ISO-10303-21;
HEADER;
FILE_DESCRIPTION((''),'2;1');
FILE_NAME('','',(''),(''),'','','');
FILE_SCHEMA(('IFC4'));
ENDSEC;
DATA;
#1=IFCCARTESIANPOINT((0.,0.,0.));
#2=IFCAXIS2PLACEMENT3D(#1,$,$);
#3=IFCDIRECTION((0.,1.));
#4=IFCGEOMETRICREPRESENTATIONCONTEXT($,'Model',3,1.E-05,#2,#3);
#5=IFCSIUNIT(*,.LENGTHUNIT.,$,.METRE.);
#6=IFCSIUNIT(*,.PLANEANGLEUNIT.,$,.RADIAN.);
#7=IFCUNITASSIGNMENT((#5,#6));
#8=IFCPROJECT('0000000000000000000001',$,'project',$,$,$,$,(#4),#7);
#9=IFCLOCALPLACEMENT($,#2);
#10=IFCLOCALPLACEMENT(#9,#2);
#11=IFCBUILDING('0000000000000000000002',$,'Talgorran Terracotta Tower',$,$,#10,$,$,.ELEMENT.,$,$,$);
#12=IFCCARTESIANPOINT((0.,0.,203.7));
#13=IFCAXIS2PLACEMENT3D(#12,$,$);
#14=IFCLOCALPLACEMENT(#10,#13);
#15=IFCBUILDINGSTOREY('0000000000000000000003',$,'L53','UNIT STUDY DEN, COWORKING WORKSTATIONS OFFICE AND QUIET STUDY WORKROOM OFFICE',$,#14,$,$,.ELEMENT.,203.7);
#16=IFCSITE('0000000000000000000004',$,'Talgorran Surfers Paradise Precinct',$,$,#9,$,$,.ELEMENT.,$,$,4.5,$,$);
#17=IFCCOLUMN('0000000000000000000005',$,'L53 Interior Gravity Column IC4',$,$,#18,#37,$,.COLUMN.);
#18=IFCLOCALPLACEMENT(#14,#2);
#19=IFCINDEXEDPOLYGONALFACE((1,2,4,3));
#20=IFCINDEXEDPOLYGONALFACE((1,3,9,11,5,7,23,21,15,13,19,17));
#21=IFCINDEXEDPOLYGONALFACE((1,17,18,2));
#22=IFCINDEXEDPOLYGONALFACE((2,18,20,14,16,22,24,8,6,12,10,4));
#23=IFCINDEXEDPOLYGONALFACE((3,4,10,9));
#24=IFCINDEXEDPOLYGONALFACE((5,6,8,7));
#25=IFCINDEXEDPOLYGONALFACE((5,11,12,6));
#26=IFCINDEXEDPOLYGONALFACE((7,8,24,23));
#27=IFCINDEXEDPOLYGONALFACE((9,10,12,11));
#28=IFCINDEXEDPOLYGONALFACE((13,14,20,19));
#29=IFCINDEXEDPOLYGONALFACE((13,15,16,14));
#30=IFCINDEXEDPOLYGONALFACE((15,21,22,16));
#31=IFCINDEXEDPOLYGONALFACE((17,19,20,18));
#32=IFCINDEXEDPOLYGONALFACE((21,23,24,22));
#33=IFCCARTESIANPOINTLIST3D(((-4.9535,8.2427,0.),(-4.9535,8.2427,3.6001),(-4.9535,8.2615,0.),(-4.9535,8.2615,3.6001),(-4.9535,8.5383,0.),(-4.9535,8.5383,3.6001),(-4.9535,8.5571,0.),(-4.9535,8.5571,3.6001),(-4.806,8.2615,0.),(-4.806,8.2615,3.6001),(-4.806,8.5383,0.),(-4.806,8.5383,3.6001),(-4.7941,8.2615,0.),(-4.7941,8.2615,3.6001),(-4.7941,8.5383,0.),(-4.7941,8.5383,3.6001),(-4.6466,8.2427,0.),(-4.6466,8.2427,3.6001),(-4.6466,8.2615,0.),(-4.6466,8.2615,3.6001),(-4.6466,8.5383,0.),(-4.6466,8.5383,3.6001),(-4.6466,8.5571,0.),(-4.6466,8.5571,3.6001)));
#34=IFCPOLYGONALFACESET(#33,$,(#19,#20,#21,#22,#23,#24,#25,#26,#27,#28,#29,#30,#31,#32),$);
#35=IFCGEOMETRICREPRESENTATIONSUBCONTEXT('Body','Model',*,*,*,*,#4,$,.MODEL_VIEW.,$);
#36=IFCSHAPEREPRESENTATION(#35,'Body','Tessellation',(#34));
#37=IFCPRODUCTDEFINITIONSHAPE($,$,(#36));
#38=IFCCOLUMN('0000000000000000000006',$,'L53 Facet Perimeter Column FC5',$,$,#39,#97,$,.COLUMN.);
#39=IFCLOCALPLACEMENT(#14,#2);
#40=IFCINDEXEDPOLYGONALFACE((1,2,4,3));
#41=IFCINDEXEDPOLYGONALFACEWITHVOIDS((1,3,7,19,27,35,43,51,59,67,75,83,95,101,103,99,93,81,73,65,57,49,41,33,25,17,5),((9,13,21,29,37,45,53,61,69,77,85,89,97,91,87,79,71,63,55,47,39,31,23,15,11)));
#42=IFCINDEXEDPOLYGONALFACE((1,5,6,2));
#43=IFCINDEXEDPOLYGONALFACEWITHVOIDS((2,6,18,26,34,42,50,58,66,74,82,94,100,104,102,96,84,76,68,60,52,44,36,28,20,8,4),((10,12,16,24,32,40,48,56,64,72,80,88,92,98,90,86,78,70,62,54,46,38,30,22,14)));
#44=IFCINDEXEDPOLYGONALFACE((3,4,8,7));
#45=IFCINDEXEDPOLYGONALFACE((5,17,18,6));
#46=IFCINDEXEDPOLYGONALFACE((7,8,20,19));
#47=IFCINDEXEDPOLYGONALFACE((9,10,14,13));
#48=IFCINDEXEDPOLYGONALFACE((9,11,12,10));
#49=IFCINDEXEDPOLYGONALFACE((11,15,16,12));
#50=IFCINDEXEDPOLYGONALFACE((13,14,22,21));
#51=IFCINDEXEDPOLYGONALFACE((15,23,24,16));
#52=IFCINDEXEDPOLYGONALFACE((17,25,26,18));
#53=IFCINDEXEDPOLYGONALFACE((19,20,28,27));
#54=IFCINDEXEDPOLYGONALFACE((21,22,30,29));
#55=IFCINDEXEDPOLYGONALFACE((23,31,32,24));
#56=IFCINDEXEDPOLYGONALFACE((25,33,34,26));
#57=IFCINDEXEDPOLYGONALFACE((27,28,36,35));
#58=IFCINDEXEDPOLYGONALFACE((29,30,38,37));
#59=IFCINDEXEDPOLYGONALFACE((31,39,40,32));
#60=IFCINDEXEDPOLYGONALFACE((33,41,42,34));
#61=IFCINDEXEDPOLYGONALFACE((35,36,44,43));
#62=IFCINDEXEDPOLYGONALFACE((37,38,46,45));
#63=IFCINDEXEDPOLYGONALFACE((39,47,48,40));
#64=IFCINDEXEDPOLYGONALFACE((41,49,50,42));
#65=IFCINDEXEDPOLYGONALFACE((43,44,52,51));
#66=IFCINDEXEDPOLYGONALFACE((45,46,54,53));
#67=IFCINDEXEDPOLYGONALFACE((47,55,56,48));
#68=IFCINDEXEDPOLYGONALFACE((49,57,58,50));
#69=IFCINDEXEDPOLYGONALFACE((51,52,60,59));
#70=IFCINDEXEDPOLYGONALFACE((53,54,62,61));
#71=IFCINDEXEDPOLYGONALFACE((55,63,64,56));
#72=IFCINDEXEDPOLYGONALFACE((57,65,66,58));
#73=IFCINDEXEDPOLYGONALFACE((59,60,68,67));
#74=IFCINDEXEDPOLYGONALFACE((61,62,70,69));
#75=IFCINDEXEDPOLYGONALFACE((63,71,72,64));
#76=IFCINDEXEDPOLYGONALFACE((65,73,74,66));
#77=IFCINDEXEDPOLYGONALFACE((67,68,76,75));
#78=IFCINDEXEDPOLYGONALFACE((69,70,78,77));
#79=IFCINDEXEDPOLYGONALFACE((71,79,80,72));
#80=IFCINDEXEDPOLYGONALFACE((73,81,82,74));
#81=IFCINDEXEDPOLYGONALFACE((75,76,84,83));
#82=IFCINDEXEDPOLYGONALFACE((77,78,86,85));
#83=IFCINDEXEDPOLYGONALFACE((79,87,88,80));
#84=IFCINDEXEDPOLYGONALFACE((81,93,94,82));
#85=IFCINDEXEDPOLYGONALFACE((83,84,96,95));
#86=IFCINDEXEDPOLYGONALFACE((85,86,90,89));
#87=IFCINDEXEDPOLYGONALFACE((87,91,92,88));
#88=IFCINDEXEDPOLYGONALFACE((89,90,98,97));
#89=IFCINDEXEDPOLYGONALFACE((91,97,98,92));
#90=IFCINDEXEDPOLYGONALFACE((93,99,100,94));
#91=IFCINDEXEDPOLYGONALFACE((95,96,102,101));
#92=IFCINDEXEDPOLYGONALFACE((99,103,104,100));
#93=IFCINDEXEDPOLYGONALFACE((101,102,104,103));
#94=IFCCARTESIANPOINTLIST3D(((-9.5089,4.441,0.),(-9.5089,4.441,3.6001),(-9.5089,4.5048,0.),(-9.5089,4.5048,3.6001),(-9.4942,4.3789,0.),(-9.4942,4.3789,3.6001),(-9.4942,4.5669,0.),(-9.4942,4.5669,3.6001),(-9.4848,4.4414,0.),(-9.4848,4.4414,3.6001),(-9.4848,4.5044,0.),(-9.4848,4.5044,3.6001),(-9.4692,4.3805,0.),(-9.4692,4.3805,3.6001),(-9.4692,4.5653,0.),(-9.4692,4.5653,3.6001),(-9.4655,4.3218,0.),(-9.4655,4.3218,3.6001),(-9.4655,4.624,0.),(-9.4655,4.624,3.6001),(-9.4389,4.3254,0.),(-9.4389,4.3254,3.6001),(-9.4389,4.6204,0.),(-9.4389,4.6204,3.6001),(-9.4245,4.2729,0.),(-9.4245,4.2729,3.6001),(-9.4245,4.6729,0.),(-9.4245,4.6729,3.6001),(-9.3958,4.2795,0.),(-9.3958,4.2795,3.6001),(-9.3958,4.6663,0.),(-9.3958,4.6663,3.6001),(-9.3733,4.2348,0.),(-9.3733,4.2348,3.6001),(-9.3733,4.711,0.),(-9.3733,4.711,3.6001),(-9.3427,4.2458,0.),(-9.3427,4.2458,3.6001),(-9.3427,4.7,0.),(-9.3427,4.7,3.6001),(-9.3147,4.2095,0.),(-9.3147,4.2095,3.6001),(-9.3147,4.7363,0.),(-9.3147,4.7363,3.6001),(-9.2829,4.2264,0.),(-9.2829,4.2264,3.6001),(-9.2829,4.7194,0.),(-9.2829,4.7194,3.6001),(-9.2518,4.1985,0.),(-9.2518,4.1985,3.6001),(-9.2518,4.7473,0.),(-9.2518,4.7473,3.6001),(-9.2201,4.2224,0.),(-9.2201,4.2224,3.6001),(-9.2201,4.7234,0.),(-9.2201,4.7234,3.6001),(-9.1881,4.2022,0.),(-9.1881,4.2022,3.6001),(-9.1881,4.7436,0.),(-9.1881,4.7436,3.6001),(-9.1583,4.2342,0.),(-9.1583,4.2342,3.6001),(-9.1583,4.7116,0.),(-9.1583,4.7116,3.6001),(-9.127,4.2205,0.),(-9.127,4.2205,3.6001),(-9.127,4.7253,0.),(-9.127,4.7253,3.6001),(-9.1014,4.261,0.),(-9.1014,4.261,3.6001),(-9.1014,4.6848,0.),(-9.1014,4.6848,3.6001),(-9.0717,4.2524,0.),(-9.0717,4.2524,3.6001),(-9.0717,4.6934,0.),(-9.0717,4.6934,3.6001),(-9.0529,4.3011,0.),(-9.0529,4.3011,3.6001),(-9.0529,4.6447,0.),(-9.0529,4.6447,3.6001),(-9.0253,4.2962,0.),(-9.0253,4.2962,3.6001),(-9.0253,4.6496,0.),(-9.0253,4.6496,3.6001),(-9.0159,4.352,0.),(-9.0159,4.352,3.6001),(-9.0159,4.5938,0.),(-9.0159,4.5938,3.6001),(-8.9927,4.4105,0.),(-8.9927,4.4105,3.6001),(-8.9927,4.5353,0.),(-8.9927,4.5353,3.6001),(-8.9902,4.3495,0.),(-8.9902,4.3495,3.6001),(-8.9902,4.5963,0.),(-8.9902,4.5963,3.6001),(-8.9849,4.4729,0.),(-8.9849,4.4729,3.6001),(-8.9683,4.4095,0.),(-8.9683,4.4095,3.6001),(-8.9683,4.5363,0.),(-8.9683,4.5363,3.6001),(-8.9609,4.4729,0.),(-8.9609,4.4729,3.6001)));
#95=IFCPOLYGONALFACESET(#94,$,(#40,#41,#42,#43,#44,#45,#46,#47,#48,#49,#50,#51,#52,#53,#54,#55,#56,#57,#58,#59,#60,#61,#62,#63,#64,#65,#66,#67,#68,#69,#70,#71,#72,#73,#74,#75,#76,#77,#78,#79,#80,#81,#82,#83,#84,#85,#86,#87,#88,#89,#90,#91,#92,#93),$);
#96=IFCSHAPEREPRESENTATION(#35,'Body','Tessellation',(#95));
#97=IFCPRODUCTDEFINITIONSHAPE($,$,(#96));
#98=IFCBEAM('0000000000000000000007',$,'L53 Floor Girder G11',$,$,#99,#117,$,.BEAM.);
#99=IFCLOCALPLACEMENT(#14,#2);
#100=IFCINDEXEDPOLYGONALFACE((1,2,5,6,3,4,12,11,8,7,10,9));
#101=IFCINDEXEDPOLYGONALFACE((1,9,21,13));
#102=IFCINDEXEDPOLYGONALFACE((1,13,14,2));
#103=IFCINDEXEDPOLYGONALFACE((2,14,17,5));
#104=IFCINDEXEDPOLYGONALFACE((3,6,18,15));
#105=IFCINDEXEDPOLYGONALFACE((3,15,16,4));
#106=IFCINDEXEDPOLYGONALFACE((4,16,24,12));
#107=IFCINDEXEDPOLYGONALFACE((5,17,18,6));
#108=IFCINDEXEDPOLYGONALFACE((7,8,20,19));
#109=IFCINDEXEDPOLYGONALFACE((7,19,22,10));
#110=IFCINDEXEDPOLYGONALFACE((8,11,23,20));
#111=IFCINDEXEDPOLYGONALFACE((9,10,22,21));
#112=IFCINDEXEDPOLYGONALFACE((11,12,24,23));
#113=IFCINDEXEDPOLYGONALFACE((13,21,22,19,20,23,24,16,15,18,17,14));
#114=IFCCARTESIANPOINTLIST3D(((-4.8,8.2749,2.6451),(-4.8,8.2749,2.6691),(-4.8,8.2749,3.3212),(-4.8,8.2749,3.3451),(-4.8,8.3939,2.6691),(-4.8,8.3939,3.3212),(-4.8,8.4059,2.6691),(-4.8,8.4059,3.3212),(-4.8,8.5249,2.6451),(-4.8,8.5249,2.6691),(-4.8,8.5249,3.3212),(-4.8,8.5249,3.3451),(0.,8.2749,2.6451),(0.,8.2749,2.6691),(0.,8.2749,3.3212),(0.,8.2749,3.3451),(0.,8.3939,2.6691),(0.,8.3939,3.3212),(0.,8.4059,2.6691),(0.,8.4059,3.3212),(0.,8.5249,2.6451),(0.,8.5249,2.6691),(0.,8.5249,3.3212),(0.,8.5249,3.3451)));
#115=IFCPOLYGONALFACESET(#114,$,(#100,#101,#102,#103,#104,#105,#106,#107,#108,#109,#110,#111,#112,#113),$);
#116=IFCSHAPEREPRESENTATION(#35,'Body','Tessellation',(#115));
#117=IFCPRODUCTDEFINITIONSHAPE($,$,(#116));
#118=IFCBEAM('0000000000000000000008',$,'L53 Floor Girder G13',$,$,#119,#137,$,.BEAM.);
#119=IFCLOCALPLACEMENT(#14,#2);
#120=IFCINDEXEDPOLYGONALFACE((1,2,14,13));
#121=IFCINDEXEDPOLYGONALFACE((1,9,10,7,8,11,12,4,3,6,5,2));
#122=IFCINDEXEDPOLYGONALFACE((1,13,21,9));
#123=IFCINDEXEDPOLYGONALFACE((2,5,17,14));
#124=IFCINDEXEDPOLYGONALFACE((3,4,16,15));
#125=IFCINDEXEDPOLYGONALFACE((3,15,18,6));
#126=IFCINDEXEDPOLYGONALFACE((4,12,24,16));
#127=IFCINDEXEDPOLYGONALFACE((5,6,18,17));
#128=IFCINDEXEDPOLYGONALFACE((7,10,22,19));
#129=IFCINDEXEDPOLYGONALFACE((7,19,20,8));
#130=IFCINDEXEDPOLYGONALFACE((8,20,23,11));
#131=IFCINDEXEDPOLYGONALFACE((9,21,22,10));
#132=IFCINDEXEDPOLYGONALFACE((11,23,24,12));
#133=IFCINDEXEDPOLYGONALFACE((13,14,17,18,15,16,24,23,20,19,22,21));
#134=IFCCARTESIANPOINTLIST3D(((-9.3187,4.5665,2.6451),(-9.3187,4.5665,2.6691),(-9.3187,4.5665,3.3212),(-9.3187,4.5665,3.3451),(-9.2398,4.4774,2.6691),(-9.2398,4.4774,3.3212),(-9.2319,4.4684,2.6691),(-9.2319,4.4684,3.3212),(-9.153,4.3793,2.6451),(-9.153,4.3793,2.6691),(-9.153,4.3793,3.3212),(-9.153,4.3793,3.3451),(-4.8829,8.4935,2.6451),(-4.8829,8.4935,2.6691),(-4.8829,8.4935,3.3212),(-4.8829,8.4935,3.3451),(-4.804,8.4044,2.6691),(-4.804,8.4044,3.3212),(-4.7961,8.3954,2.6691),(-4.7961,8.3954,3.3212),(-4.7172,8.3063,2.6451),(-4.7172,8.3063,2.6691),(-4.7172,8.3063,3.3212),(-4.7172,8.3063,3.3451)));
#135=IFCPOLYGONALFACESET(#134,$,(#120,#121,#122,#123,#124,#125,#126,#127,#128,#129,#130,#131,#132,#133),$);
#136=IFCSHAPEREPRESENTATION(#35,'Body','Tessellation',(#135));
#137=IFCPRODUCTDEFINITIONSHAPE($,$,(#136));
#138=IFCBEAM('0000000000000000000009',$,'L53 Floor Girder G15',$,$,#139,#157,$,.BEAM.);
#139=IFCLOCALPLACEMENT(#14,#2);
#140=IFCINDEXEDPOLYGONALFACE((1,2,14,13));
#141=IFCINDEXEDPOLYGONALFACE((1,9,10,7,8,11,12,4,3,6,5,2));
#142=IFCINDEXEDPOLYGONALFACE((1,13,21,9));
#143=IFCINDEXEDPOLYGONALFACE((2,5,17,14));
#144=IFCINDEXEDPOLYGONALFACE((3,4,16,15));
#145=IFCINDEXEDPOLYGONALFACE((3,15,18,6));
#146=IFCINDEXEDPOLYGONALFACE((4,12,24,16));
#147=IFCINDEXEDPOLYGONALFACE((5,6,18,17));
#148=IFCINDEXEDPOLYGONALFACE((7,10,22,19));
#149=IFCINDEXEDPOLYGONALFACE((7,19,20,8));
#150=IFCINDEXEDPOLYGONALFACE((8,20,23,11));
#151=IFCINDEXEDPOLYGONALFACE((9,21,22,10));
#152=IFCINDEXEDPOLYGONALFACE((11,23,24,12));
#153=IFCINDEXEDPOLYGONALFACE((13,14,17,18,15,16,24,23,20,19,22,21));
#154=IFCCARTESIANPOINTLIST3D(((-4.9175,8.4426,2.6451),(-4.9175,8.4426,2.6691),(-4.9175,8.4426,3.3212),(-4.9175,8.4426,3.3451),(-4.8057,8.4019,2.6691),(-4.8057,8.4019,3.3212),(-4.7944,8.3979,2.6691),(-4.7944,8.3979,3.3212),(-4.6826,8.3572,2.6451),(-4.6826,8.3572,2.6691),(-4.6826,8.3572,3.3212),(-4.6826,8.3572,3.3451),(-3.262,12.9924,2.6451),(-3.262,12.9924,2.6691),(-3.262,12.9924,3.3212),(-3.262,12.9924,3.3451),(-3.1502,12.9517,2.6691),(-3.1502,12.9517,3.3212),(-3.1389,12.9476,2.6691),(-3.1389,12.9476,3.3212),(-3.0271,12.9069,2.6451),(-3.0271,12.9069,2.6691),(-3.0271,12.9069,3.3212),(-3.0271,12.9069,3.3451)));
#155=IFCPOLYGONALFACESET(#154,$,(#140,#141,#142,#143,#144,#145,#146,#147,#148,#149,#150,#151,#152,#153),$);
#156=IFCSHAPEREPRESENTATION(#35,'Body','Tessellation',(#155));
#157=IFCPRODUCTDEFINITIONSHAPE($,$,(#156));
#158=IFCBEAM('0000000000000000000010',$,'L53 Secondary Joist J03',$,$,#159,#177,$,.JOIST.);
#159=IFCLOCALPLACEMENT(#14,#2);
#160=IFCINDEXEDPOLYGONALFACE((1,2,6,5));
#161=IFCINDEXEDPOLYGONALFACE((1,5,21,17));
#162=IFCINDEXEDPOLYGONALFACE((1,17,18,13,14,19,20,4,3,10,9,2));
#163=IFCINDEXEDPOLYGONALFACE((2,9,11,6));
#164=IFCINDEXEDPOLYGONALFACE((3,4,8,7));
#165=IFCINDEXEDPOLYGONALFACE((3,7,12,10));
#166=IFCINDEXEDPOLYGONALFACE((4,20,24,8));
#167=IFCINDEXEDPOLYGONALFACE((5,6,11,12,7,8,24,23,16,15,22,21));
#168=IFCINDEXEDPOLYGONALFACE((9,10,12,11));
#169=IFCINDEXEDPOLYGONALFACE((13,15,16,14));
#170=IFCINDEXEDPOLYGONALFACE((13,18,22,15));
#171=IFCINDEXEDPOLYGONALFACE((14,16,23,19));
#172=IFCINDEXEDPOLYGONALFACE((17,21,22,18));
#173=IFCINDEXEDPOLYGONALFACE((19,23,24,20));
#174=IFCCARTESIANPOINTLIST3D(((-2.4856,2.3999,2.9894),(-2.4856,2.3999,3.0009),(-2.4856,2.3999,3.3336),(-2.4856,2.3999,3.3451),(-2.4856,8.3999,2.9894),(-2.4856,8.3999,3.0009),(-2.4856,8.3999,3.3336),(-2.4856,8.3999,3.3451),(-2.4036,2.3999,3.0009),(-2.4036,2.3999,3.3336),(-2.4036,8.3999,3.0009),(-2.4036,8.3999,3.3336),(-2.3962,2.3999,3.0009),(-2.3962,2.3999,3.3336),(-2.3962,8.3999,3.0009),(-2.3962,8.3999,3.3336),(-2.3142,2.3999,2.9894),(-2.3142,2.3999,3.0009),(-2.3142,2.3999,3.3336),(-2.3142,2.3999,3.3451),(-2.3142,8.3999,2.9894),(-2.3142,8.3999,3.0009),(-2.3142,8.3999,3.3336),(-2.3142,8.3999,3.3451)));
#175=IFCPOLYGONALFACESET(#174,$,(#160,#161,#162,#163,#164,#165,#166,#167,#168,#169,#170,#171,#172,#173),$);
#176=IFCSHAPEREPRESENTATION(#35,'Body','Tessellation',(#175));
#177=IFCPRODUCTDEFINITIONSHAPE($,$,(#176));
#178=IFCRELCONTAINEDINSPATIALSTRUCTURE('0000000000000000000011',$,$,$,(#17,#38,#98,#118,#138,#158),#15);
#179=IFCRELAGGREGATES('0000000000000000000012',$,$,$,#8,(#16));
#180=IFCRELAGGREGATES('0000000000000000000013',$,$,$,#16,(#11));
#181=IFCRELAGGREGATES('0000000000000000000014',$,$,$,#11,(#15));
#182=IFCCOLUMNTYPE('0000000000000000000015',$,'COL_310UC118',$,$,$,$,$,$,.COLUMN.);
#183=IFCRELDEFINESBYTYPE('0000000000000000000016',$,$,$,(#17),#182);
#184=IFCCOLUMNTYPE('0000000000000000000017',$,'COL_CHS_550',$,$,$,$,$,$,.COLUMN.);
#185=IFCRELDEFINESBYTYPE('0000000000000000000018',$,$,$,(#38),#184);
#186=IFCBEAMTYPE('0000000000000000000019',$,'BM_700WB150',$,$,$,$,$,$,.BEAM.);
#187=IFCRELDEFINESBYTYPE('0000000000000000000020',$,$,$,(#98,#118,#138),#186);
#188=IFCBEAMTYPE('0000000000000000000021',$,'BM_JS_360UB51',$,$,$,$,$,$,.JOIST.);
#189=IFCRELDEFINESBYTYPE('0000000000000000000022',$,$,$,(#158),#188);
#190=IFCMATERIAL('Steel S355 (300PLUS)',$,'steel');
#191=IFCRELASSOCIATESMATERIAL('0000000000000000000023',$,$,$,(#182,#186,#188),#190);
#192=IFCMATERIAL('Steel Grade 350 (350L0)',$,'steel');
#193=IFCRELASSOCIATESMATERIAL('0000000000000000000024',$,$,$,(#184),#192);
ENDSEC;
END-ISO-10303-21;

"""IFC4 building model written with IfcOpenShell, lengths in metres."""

from ifc_helpers import new_model, si_unit, direction, frame, origin, origin_2d, place, context, subcontext, project, spatial, hollow_circle, i_section, extrude, material, material_profile, profile_set, type_object, element, save


model = new_model("IFC4")

# Units and contexts
model_context = context("Model", 3, precision=1e-05, world=origin(), true_north=direction((0.0, 1.0)))
body_context = subcontext(model_context, "Body", "Model", "MODEL_VIEW")
ifc_project = project(units=[si_unit("LENGTHUNIT", "METRE"), si_unit("PLANEANGLEUNIT", "RADIAN")], contexts=[model_context])

# Site, building, storey
site_placement = place(None, origin())
site = spatial("IfcSite", under=ifc_project, at=site_placement, Name="Talgorran Surfers Paradise Precinct", CompositionType="ELEMENT", RefElevation=4.5)
building_placement = place(site_placement, origin())
building = spatial("IfcBuilding", under=site, at=building_placement, Name="Talgorran Terracotta Tower", CompositionType="ELEMENT")
storey_placement = place(building_placement, frame((0.0, 0.0, 203.7)))
storey = spatial("IfcBuildingStorey", under=building, at=storey_placement, Name="L53", Description="UNIT STUDY DEN, COWORKING WORKSTATIONS OFFICE AND QUIET STUDY WORKROOM OFFICE", CompositionType="ELEMENT", Elevation=203.7)

# Columns
ifc_material_1 = material(Name="Steel S355 (300PLUS)", Category="steel")
ifc_material_profile_1 = material_profile(ifc_material_1, i_section(OverallWidth=0.3069, OverallDepth=0.3145, WebThickness=0.012, FlangeThickness=0.0188, at=origin_2d()), Name="310UC118")
ifc_profile_set_1 = profile_set([ifc_material_profile_1], Name="Steel S355 (300PLUS)")
column_type_1 = type_object("IfcColumnType", Name="COL_310UC118", PredefinedType="COLUMN", material=ifc_profile_set_1)
column_1_placement = place(storey_placement, frame((-4.8, 8.3999, 0.0), z_axis=(0.0, 0.0, 1.0), x_axis=(1.0, 0.0, 0.0)))
element("IfcColumn", 1, at=column_1_placement, inside=storey, type_object=column_type_1, Name="L53 Interior Gravity Column IC4", PredefinedType="COLUMN", context=body_context, shape_type="SweptSolid", body=[
    extrude(i_section(OverallWidth=0.3069, OverallDepth=0.3145, WebThickness=0.012, FlangeThickness=0.0188, at=origin_2d()), origin(), (0.0, 0.0, 1.0), 3.6001),
])
ifc_material_2 = material(Name="Steel Grade 350 (350L0)", Category="steel")
ifc_material_profile_2 = material_profile(ifc_material_2, hollow_circle(Radius=0.2749, WallThickness=0.0239, at=origin_2d()), Name="CHS550X24")
ifc_profile_set_2 = profile_set([ifc_material_profile_2], Name="Steel Grade 350 (350L0)")
column_type_2 = type_object("IfcColumnType", Name="COL_CHS_550", PredefinedType="COLUMN", material=ifc_profile_set_2)
column_2_placement = place(storey_placement, frame((-9.2358, 4.4729, 0.0), z_axis=(0.0, 0.0, 1.0), x_axis=(1.0, 0.0, 0.0)))
element("IfcColumn", 2, at=column_2_placement, inside=storey, type_object=column_type_2, Name="L53 Facet Perimeter Column FC5", PredefinedType="COLUMN", context=body_context, shape_type="SweptSolid", body=[
    extrude(hollow_circle(Radius=0.2749, WallThickness=0.0239, at=origin_2d()), origin(), (0.0, 0.0, 1.0), 3.6001),
])

# Beams
ifc_material_profile_3 = material_profile(ifc_material_1, i_section(OverallWidth=0.25, OverallDepth=0.7, WebThickness=0.012, FlangeThickness=0.0239, at=origin_2d()), Name="700WB150")
ifc_profile_set_3 = profile_set([ifc_material_profile_3], Name="Steel S355 (300PLUS)")
beam_type_1 = type_object("IfcBeamType", Name="BM_700WB150", PredefinedType="BEAM", material=ifc_profile_set_3)
beam_1_placement = place(storey_placement, frame((-4.8, 8.3999, 2.9951), z_axis=(1.0, 0.0, 0.0), x_axis=(0.0, 1.0, 0.0)))
element("IfcBeam", 3, at=beam_1_placement, inside=storey, type_object=beam_type_1, Name="L53 Floor Girder G11", PredefinedType="BEAM", context=body_context, shape_type="SweptSolid", body=[
    extrude(i_section(OverallWidth=0.25, OverallDepth=0.7, WebThickness=0.012, FlangeThickness=0.0239, at=origin_2d()), origin(), (0.0, 0.0, 1.0), 4.8),
])
beam_2_placement = place(storey_placement, frame((-4.8, 8.3999, 2.9951), z_axis=(-0.748742, -0.662861, 0.0), x_axis=(0.662861, -0.748742, 0.0)))
element("IfcBeam", 4, at=beam_2_placement, inside=storey, type_object=beam_type_1, Name="L53 Floor Girder G13", PredefinedType="BEAM", context=body_context, shape_type="SweptSolid", body=[
    extrude(i_section(OverallWidth=0.25, OverallDepth=0.7, WebThickness=0.012, FlangeThickness=0.0239, at=origin_2d()), origin(), (0.0, 0.0, 1.0), 5.9243),
])
beam_3_placement = place(storey_placement, frame((-4.8, 8.3999, 2.9951), z_axis=(0.341933, 0.939724, 0.0), x_axis=(-0.939724, 0.341933, 0.0)))
element("IfcBeam", 5, at=beam_3_placement, inside=storey, type_object=beam_type_1, Name="L53 Floor Girder G15", PredefinedType="BEAM", context=body_context, shape_type="SweptSolid", body=[
    extrude(i_section(OverallWidth=0.25, OverallDepth=0.7, WebThickness=0.012, FlangeThickness=0.0239, at=origin_2d()), origin(), (0.0, 0.0, 1.0), 4.8416),
])
ifc_material_profile_4 = material_profile(ifc_material_1, i_section(OverallWidth=0.1714, OverallDepth=0.3557, WebThickness=0.0073, FlangeThickness=0.0115, at=origin_2d()), Name="360UB50.7")
ifc_profile_set_4 = profile_set([ifc_material_profile_4], Name="Steel S355 (300PLUS)")
beam_type_2 = type_object("IfcBeamType", Name="BM_JS_360UB51", PredefinedType="JOIST", material=ifc_profile_set_4)
beam_4_placement = place(storey_placement, frame((-2.3999, 2.3999, 3.1672), z_axis=(0.0, 1.0, 0.0), x_axis=(-1.0, 0.0, 0.0)))
element("IfcBeam", 6, at=beam_4_placement, inside=storey, type_object=beam_type_2, Name="L53 Secondary Joist J03", PredefinedType="JOIST", context=body_context, shape_type="SweptSolid", body=[
    extrude(i_section(OverallWidth=0.1714, OverallDepth=0.3557, WebThickness=0.0073, FlangeThickness=0.0115, at=origin_2d()), origin(), (0.0, 0.0, 1.0), 6.0),
])

save(model, "model.ifc")
